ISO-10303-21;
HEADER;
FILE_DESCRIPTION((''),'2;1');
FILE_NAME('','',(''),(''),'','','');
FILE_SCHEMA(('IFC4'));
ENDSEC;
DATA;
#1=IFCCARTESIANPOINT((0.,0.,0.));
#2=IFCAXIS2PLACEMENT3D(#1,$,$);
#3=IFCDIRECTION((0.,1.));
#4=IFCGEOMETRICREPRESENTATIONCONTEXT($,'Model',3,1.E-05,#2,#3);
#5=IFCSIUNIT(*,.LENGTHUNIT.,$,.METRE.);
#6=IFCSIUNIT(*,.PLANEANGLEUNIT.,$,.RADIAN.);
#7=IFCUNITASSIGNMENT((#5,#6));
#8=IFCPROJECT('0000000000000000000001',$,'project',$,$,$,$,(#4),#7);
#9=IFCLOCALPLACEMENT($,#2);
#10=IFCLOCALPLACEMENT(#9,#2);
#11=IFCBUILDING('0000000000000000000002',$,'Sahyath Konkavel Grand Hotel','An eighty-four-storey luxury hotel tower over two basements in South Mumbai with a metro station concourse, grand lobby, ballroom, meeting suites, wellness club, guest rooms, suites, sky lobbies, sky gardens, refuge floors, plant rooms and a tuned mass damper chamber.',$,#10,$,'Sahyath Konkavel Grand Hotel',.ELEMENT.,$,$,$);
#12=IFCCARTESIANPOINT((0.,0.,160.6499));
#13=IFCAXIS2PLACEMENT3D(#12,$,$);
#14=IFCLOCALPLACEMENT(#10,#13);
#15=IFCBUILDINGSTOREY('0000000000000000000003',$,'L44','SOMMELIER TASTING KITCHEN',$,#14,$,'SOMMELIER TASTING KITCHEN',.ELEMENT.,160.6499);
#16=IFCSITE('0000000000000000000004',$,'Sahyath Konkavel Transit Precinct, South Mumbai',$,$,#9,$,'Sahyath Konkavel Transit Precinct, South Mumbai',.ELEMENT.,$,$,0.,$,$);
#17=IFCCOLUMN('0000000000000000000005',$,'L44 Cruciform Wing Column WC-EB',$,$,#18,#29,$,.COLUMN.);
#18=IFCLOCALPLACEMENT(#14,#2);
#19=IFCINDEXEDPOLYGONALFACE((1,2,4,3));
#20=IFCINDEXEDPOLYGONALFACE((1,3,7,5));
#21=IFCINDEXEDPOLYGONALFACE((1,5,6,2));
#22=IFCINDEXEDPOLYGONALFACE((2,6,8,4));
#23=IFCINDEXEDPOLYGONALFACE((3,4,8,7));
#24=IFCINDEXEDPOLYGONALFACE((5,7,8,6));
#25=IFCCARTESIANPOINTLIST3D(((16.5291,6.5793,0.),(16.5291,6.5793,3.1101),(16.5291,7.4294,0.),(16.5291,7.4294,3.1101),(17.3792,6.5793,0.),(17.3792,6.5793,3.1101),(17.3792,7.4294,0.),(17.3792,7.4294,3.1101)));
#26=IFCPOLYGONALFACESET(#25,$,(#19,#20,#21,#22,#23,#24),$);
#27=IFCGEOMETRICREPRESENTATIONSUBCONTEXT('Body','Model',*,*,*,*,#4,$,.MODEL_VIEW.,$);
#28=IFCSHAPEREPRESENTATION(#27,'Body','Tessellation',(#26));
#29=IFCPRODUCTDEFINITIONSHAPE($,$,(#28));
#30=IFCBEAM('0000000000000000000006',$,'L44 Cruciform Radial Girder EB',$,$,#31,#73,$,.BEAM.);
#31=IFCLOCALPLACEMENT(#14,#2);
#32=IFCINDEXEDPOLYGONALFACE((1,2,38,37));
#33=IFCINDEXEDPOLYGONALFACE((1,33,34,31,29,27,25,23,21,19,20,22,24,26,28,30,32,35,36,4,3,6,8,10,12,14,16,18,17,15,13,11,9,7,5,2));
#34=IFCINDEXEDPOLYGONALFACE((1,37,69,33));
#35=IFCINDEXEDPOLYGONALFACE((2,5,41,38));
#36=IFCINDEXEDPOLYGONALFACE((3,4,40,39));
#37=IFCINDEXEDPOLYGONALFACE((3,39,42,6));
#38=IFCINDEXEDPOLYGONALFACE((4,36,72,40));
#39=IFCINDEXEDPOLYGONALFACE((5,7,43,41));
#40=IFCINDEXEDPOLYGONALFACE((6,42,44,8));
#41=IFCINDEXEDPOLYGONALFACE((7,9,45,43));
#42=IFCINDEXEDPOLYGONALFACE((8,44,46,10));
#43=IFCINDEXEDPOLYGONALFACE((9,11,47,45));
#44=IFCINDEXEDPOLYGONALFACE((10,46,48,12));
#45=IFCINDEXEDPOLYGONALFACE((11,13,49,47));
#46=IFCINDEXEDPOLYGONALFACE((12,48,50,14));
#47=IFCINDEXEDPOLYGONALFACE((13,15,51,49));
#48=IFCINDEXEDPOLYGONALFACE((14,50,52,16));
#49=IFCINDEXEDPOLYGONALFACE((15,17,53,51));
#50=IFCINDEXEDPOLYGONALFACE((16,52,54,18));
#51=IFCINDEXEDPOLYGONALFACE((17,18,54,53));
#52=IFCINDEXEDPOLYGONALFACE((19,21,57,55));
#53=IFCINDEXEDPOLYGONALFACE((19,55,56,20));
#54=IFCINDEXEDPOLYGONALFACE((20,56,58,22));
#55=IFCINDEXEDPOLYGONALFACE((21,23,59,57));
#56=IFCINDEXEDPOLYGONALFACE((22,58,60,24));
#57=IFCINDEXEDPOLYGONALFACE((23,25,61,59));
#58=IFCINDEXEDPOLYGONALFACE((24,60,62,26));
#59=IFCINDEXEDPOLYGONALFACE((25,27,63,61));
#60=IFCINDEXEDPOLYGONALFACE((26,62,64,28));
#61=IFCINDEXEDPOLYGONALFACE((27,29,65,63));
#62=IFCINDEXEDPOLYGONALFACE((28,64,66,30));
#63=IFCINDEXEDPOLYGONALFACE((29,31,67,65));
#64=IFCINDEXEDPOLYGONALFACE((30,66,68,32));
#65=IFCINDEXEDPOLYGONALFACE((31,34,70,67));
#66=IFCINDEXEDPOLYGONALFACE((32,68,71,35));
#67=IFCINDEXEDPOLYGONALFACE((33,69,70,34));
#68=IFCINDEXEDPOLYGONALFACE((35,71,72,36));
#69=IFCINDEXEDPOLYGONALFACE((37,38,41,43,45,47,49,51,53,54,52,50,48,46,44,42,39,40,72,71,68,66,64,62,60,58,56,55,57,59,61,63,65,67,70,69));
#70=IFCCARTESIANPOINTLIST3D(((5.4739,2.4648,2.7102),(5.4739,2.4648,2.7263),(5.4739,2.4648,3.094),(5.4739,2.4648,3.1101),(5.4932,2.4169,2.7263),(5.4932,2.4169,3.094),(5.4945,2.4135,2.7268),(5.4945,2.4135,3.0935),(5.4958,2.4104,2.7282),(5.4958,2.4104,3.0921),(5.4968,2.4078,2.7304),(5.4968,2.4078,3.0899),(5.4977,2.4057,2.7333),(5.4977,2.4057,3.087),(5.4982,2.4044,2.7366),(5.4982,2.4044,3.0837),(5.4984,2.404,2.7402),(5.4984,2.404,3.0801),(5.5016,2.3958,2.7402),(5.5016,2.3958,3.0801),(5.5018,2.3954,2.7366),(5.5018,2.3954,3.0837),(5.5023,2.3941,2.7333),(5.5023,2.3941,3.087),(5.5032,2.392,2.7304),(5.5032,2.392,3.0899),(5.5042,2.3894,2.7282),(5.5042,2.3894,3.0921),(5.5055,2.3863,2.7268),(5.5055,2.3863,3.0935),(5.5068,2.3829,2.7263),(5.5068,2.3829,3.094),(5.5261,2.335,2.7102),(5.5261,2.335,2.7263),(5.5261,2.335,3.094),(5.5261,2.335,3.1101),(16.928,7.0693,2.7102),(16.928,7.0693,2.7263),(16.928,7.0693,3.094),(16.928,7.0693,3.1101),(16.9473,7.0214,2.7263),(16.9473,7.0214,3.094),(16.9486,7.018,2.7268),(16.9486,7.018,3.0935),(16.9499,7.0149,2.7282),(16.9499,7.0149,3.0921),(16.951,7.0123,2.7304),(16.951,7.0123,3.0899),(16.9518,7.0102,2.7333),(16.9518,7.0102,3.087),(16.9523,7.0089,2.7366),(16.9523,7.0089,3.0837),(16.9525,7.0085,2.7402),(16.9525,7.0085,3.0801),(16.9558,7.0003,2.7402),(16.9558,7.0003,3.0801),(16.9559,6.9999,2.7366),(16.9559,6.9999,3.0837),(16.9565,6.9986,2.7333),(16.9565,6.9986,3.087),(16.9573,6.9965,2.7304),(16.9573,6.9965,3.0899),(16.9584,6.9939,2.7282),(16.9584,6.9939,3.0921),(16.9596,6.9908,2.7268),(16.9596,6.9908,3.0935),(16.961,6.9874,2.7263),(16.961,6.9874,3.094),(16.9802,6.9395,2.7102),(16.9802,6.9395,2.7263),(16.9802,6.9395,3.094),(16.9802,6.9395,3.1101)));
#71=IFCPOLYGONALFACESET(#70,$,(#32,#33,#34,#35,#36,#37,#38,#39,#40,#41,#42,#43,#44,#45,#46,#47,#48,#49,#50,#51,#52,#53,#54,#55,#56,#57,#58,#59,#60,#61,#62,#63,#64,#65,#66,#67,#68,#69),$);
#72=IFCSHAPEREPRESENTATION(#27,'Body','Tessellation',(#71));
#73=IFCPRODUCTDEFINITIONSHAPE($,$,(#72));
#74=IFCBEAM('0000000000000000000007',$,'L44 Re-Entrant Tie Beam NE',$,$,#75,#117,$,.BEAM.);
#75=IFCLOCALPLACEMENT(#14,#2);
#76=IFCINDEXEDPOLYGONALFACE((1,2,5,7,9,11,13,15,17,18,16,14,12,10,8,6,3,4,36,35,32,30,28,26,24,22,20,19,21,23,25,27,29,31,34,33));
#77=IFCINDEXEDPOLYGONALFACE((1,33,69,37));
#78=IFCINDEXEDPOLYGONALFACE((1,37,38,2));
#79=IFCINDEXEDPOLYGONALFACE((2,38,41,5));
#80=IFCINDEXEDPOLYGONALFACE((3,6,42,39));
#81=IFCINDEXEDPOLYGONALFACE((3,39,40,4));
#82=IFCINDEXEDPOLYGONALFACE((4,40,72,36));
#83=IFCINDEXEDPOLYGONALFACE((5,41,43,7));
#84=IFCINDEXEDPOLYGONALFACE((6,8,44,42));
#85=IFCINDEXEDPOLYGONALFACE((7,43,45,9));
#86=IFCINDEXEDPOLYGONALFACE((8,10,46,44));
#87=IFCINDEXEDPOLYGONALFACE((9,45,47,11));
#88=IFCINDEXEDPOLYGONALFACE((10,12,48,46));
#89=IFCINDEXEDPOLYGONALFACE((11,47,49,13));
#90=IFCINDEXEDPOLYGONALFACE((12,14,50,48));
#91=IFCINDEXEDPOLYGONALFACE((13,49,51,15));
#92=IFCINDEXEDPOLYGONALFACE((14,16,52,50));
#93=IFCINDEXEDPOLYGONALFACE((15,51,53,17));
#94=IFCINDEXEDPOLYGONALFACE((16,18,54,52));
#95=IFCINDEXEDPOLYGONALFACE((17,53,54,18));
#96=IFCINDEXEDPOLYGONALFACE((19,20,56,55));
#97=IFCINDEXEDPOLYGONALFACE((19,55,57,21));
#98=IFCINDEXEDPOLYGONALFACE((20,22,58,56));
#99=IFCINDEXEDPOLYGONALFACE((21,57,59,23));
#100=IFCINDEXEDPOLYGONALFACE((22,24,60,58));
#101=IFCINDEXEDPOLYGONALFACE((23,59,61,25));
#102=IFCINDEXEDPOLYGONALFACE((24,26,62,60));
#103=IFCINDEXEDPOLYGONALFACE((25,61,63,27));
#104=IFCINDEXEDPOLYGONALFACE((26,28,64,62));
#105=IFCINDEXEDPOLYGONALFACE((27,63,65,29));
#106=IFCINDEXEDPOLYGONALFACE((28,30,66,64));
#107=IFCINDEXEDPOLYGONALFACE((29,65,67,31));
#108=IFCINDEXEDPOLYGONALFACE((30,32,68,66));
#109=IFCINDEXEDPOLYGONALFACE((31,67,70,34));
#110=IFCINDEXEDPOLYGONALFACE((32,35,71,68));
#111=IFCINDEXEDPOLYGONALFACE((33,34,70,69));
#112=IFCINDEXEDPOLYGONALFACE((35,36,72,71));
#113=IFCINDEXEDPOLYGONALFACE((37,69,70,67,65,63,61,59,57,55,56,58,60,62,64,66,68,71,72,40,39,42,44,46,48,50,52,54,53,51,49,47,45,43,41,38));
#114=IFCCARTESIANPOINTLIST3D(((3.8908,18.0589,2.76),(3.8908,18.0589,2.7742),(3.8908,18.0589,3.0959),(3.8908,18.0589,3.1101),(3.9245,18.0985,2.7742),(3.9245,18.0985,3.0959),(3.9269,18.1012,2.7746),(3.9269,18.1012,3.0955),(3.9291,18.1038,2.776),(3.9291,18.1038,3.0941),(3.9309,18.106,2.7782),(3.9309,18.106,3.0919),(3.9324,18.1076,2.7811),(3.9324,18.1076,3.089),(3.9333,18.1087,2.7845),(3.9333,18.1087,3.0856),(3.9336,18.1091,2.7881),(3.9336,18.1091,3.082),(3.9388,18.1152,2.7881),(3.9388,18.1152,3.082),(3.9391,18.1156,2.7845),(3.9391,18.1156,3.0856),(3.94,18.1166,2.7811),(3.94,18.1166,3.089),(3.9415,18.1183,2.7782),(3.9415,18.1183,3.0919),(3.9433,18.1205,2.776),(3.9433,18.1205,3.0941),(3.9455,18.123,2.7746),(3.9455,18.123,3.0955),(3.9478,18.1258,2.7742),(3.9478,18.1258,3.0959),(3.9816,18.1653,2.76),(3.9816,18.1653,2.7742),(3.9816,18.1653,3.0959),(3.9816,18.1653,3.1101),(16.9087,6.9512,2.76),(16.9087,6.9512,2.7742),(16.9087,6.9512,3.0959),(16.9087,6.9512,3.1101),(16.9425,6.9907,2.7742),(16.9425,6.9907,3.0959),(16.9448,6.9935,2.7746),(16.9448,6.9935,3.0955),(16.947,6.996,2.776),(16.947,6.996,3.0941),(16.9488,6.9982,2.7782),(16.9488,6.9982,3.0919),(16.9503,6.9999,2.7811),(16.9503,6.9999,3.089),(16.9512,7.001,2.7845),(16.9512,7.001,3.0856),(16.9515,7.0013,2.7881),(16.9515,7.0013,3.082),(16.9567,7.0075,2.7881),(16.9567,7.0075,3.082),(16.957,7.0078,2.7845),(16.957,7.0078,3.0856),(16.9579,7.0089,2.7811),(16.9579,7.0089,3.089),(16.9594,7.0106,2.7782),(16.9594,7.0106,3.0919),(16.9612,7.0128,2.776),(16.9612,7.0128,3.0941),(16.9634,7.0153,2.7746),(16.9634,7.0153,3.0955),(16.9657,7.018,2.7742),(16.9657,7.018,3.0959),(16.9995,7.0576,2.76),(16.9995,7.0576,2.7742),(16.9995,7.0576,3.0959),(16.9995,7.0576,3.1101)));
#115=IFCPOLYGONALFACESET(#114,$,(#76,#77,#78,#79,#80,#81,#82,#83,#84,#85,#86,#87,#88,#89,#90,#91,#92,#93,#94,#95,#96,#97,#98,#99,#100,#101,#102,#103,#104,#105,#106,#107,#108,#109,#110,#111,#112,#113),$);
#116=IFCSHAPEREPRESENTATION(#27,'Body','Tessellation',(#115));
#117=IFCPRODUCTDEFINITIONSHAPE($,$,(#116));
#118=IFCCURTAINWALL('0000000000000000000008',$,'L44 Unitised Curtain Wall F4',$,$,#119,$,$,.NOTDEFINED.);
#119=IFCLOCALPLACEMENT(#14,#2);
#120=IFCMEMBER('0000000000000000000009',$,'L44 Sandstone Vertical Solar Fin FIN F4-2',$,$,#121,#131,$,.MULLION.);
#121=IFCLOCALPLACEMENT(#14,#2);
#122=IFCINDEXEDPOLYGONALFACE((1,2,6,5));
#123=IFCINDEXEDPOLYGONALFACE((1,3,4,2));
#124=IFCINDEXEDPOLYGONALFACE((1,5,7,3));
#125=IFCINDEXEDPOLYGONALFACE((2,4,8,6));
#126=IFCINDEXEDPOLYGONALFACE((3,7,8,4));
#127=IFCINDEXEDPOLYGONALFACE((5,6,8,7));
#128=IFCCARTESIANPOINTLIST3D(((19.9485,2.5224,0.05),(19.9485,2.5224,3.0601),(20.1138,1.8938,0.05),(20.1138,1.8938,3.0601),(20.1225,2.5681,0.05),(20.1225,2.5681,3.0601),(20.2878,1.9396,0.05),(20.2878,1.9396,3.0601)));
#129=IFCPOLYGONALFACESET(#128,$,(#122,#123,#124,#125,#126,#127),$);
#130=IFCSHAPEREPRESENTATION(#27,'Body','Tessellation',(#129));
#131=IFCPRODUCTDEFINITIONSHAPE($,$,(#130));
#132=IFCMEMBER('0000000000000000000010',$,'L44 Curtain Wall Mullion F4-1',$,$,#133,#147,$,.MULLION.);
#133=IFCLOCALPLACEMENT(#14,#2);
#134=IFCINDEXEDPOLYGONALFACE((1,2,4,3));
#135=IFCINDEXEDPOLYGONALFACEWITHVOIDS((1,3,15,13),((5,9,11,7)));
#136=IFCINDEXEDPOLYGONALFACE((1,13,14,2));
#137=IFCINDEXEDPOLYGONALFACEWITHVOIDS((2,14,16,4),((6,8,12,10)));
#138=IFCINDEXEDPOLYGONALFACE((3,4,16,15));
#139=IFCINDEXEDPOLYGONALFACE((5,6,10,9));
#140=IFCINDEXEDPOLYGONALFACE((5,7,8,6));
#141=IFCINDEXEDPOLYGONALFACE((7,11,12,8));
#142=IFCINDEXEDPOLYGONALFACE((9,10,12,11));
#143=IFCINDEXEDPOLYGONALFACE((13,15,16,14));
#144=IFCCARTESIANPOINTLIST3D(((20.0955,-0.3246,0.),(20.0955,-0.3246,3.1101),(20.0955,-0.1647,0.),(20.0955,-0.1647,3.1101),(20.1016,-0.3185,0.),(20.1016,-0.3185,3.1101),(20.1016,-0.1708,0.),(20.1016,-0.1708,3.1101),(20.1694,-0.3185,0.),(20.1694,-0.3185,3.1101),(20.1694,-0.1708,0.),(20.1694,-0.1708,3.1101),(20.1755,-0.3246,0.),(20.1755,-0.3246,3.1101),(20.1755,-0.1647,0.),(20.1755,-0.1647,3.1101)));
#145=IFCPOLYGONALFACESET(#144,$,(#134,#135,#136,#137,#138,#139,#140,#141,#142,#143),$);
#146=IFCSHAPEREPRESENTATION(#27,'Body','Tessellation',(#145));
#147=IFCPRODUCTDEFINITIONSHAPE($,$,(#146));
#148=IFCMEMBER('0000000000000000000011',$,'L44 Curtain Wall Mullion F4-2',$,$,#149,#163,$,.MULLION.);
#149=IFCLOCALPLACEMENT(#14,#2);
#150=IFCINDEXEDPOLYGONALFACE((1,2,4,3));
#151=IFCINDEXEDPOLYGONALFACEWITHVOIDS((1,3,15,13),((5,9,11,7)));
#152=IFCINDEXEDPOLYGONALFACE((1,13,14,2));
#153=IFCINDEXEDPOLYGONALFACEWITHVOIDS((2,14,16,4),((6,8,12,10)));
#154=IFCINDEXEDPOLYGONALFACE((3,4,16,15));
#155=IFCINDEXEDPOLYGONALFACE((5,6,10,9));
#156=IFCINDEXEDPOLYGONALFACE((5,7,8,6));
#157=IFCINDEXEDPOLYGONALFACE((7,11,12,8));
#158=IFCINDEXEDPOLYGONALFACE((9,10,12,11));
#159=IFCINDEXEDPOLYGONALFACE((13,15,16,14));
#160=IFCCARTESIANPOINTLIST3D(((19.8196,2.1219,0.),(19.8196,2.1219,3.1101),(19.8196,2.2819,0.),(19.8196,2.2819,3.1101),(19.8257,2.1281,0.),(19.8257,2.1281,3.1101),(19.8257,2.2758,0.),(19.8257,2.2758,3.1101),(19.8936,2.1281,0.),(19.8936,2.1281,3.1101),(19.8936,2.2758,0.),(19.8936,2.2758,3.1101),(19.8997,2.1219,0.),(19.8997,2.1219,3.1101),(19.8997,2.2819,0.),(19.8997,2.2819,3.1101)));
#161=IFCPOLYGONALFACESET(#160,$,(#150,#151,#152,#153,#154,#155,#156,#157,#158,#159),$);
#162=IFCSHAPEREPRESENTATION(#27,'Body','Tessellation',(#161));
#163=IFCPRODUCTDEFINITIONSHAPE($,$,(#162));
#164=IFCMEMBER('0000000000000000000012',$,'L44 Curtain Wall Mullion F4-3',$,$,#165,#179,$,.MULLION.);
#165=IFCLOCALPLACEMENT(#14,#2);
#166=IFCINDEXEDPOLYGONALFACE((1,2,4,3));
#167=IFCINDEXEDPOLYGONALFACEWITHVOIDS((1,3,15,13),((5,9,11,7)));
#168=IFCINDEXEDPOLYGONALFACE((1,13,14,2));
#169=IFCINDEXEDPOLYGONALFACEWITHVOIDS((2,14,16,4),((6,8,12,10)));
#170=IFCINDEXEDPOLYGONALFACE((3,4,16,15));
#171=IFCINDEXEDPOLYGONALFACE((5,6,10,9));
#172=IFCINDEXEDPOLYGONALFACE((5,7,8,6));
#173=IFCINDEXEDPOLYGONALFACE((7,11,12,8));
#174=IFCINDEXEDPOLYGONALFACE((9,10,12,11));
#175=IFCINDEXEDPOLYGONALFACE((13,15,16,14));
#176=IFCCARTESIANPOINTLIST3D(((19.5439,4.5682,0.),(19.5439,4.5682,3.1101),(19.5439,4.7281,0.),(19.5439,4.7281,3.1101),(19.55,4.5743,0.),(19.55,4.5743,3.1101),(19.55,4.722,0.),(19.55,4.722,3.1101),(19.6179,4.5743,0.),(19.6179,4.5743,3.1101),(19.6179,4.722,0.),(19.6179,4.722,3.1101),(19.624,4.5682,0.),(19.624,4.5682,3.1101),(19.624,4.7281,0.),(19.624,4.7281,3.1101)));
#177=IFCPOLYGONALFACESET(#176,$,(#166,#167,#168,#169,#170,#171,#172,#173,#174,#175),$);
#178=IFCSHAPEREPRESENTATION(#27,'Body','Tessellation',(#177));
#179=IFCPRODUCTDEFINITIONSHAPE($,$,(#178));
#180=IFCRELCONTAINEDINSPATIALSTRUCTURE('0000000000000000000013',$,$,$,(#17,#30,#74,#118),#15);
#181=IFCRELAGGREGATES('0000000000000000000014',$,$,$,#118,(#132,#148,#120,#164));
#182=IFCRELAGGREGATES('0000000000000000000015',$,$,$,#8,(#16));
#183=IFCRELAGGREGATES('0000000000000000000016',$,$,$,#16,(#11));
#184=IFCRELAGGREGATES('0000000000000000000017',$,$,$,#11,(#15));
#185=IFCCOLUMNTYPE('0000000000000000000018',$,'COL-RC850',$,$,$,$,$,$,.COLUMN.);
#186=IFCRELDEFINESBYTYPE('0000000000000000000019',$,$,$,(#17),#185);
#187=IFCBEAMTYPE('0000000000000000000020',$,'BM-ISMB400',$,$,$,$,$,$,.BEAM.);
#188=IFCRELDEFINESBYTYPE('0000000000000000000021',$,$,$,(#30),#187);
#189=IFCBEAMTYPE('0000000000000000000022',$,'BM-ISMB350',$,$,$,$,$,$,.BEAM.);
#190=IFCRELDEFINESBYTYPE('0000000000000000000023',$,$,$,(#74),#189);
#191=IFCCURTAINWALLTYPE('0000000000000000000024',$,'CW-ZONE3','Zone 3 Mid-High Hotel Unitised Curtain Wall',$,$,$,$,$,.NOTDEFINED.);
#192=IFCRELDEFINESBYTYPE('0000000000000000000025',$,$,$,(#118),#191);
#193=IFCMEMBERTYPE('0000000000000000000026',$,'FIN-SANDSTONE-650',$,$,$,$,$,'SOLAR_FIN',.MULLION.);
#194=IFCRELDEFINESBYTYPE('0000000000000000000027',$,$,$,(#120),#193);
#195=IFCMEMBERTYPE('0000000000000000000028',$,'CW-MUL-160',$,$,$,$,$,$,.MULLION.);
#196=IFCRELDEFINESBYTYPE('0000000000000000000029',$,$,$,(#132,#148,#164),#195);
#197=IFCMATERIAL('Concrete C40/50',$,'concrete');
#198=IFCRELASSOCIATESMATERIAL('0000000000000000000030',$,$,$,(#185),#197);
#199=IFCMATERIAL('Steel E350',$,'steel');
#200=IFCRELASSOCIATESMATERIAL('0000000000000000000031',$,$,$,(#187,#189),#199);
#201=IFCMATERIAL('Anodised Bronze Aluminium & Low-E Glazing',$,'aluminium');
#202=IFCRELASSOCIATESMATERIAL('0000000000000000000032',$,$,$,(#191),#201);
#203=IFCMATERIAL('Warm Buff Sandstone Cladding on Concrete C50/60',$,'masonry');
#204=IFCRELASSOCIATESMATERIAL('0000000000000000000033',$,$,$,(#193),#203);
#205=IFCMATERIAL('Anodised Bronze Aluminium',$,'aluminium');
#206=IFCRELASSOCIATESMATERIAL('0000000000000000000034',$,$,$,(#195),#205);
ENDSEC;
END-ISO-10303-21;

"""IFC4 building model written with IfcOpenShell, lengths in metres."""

from ifc_helpers import new_model, si_unit, direction, frame, origin, origin_2d, place, context, subcontext, project, spatial, rectangle, hollow_rectangle, i_section, extrude, source, transform, mapped, material, material_profile, profile_set, type_object, element, aggregate, save


model = new_model("IFC4")

# Units and contexts
model_context = context("Model", 3, precision=1e-05, world=origin(), true_north=direction((0.0, 1.0)))
body_context = subcontext(model_context, "Body", "Model", "MODEL_VIEW")
ifc_project = project(units=[si_unit("LENGTHUNIT", "METRE"), si_unit("PLANEANGLEUNIT", "RADIAN")], contexts=[model_context])

# Site, building, storey
site_placement = place(None, origin())
site = spatial("IfcSite", under=ifc_project, at=site_placement, Name="Sahyath Konkavel Transit Precinct, South Mumbai", LongName="Sahyath Konkavel Transit Precinct, South Mumbai", CompositionType="ELEMENT", RefElevation=0.0)
building_placement = place(site_placement, origin())
building = spatial("IfcBuilding", under=site, at=building_placement, Name="Sahyath Konkavel Grand Hotel", Description="An eighty-four-storey luxury hotel tower over two basements in South Mumbai with a metro station concourse, grand lobby, ballroom, meeting suites, wellness club, guest rooms, suites, sky lobbies, sky gardens, refuge floors, plant rooms and a tuned mass damper chamber.", LongName="Sahyath Konkavel Grand Hotel", CompositionType="ELEMENT")
storey_placement = place(building_placement, frame((0.0, 0.0, 160.6499)))
storey = spatial("IfcBuildingStorey", under=building, at=storey_placement, Name="L44", Description="SOMMELIER TASTING KITCHEN", LongName="SOMMELIER TASTING KITCHEN", CompositionType="ELEMENT", Elevation=160.6499)

# Column
ifc_material_1 = material(Name="Concrete C40/50", Category="concrete")
ifc_material_profile_1 = material_profile(ifc_material_1, rectangle(XDim=0.8501, YDim=0.8501, at=origin_2d()), Name="RC 850x850")
ifc_profile_set_1 = profile_set([ifc_material_profile_1], Name="Concrete C40/50")
column_type = type_object("IfcColumnType", Name="COL-RC850", PredefinedType="COLUMN", material=ifc_profile_set_1)
shared_shape_1 = source(origin(), body_context, "Body", "SweptSolid", [
    extrude(rectangle(XDim=0.8501, YDim=0.8501, at=origin_2d()), origin(), (0.0, 0.0, 1.0), 3.1101),
])
column_placement = place(storey_placement, frame((16.9541, 7.0044, 0.0), z_axis=(0.0, 0.0, 1.0), x_axis=(1.0, 0.0, 0.0)))
element("IfcColumn", 1, at=column_placement, inside=storey, type_object=column_type, Name="L44 Cruciform Wing Column WC-EB", PredefinedType="COLUMN", context=body_context, shape_type="MappedRepresentation", body=[
    mapped(shared_shape_1, transform((0.0, 0.0, 0.0), scale=1.0)),
])

# Beams
ifc_material_2 = material(Name="Steel E350", Category="steel")
ifc_material_profile_2 = material_profile(ifc_material_2, i_section(OverallWidth=0.1399, OverallDepth=0.3999, WebThickness=0.0088, FlangeThickness=0.0161, FilletRadius=0.0139, at=origin_2d()), Name="ISMB 400")
ifc_profile_set_2 = profile_set([ifc_material_profile_2], Name="Steel E350")
beam_type_1 = type_object("IfcBeamType", Name="BM-ISMB400", PredefinedType="BEAM", material=ifc_profile_set_2)
shared_shape_2 = source(origin(), body_context, "Body", "SweptSolid", [
    extrude(i_section(OverallWidth=0.1399, OverallDepth=0.3999, WebThickness=0.0088, FlangeThickness=0.0161, FilletRadius=0.0139, at=origin_2d()), origin(), (0.0, 0.0, 1.0), 12.345),
])
beam_1_placement = place(storey_placement, frame((5.5, 2.3999, 2.9102), z_axis=(0.927837, 0.372986, 0.0), x_axis=(-0.372986, 0.927837, 0.0)))
element("IfcBeam", 2, at=beam_1_placement, inside=storey, type_object=beam_type_1, Name="L44 Cruciform Radial Girder EB", PredefinedType="BEAM", context=body_context, shape_type="MappedRepresentation", body=[
    mapped(shared_shape_2, transform((0.0, 0.0, 0.0), scale=1.0)),
])
ifc_material_profile_3 = material_profile(ifc_material_2, i_section(OverallWidth=0.1399, OverallDepth=0.3501, WebThickness=0.0081, FlangeThickness=0.0142, FilletRadius=0.0139, at=origin_2d()), Name="ISMB 350")
ifc_profile_set_3 = profile_set([ifc_material_profile_3], Name="Steel E350")
beam_type_2 = type_object("IfcBeamType", Name="BM-ISMB350", PredefinedType="BEAM", material=ifc_profile_set_3)
shared_shape_3 = source(origin(), body_context, "Body", "SweptSolid", [
    extrude(i_section(OverallWidth=0.1399, OverallDepth=0.3501, WebThickness=0.0081, FlangeThickness=0.0142, FilletRadius=0.0139, at=origin_2d()), origin(), (0.0, 0.0, 1.0), 17.1128),
])
beam_2_placement = place(storey_placement, frame((16.9541, 7.0044, 2.9351), z_axis=(-0.760712, 0.64909, 0.0), x_axis=(-0.64909, -0.760712, 0.0)))
element("IfcBeam", 3, at=beam_2_placement, inside=storey, type_object=beam_type_2, Name="L44 Re-Entrant Tie Beam NE", PredefinedType="BEAM", context=body_context, shape_type="MappedRepresentation", body=[
    mapped(shared_shape_3, transform((0.0, 0.0, 0.0), scale=1.0)),
])

# Curtain wall, members
ifc_material_3 = material(Name="Anodised Bronze Aluminium & Low-E Glazing", Category="aluminium")
curtain_wall_type = type_object("IfcCurtainWallType", Name="CW-ZONE3", Description="Zone 3 Mid-High Hotel Unitised Curtain Wall", PredefinedType="NOTDEFINED", material=ifc_material_3)
curtain_wall_1_placement = place(storey_placement, origin())
curtain_wall_1 = element("IfcCurtainWall", 4, at=curtain_wall_1_placement, inside=storey, type_object=curtain_wall_type, Name="L44 Unitised Curtain Wall F4", PredefinedType="NOTDEFINED")
ifc_material_4 = material(Name="Warm Buff Sandstone Cladding on Concrete C50/60", Category="masonry")
ifc_material_profile_4 = material_profile(ifc_material_4, rectangle(XDim=0.1799, YDim=0.6499, at=origin_2d()), Name="FIN 180x650")
ifc_profile_set_4 = profile_set([ifc_material_profile_4], Name="Warm Buff Sandstone Cladding on Concrete C50/60")
member_type_1 = type_object("IfcMemberType", Name="FIN-SANDSTONE-650", ElementType="SOLAR_FIN", PredefinedType="MULLION", material=ifc_profile_set_4)
shared_shape_4 = source(origin(), body_context, "Body", "SweptSolid", [
    extrude(rectangle(XDim=0.1799, YDim=0.6499, at=origin_2d()), origin(), (0.0, 0.0, 1.0), 3.01),
])
member_1_placement = place(storey_placement, frame((20.1182, 2.231, 0.05), z_axis=(0.0, 0.0, 1.0), x_axis=(0.967135, 0.254264, 0.0)))
member_1 = element("IfcMember", 5, at=member_1_placement, type_object=member_type_1, Name="L44 Sandstone Vertical Solar Fin FIN F4-2", PredefinedType="MULLION", context=body_context, shape_type="MappedRepresentation", body=[
    mapped(shared_shape_4, transform((0.0, 0.0, 0.0), scale=1.0)),
])
ifc_material_5 = material(Name="Anodised Bronze Aluminium", Category="aluminium")
ifc_material_profile_5 = material_profile(ifc_material_5, hollow_rectangle(XDim=0.0801, YDim=0.1599, WallThickness=0.0061, at=origin_2d()), Name="RHS 160x80x6")
ifc_profile_set_5 = profile_set([ifc_material_profile_5], Name="Anodised Bronze Aluminium")
member_type_2 = type_object("IfcMemberType", Name="CW-MUL-160", PredefinedType="MULLION", material=ifc_profile_set_5)
shared_shape_5 = source(origin(), body_context, "Body", "SweptSolid", [
    extrude(hollow_rectangle(XDim=0.0801, YDim=0.1599, WallThickness=0.0061, at=origin_2d()), origin(), (0.0, 0.0, 1.0), 3.1101),
])
member_2_placement = place(storey_placement, frame((20.1355, -0.2446, 0.0), z_axis=(0.0, 0.0, 1.0), x_axis=(1.0, 0.0, 0.0)))
member_2 = element("IfcMember", 6, at=member_2_placement, type_object=member_type_2, Name="L44 Curtain Wall Mullion F4-1", PredefinedType="MULLION", context=body_context, shape_type="MappedRepresentation", body=[
    mapped(shared_shape_5, transform((0.0, 0.0, 0.0), scale=1.0)),
])
member_3_placement = place(storey_placement, frame((19.8596, 2.2019, 0.0), z_axis=(0.0, 0.0, 1.0), x_axis=(1.0, 0.0, 0.0)))
member_3 = element("IfcMember", 7, at=member_3_placement, type_object=member_type_2, Name="L44 Curtain Wall Mullion F4-2", PredefinedType="MULLION", context=body_context, shape_type="MappedRepresentation", body=[
    mapped(shared_shape_5, transform((0.0, 0.0, 0.0), scale=1.0)),
])
member_4_placement = place(storey_placement, frame((19.584, 4.6482, 0.0), z_axis=(0.0, 0.0, 1.0), x_axis=(1.0, 0.0, 0.0)))
member_4 = element("IfcMember", 8, at=member_4_placement, type_object=member_type_2, Name="L44 Curtain Wall Mullion F4-3", PredefinedType="MULLION", context=body_context, shape_type="MappedRepresentation", body=[
    mapped(shared_shape_5, transform((0.0, 0.0, 0.0), scale=1.0)),
])

aggregate(curtain_wall_1, [member_2, member_3, member_1, member_4])

save(model, "model.ifc")
